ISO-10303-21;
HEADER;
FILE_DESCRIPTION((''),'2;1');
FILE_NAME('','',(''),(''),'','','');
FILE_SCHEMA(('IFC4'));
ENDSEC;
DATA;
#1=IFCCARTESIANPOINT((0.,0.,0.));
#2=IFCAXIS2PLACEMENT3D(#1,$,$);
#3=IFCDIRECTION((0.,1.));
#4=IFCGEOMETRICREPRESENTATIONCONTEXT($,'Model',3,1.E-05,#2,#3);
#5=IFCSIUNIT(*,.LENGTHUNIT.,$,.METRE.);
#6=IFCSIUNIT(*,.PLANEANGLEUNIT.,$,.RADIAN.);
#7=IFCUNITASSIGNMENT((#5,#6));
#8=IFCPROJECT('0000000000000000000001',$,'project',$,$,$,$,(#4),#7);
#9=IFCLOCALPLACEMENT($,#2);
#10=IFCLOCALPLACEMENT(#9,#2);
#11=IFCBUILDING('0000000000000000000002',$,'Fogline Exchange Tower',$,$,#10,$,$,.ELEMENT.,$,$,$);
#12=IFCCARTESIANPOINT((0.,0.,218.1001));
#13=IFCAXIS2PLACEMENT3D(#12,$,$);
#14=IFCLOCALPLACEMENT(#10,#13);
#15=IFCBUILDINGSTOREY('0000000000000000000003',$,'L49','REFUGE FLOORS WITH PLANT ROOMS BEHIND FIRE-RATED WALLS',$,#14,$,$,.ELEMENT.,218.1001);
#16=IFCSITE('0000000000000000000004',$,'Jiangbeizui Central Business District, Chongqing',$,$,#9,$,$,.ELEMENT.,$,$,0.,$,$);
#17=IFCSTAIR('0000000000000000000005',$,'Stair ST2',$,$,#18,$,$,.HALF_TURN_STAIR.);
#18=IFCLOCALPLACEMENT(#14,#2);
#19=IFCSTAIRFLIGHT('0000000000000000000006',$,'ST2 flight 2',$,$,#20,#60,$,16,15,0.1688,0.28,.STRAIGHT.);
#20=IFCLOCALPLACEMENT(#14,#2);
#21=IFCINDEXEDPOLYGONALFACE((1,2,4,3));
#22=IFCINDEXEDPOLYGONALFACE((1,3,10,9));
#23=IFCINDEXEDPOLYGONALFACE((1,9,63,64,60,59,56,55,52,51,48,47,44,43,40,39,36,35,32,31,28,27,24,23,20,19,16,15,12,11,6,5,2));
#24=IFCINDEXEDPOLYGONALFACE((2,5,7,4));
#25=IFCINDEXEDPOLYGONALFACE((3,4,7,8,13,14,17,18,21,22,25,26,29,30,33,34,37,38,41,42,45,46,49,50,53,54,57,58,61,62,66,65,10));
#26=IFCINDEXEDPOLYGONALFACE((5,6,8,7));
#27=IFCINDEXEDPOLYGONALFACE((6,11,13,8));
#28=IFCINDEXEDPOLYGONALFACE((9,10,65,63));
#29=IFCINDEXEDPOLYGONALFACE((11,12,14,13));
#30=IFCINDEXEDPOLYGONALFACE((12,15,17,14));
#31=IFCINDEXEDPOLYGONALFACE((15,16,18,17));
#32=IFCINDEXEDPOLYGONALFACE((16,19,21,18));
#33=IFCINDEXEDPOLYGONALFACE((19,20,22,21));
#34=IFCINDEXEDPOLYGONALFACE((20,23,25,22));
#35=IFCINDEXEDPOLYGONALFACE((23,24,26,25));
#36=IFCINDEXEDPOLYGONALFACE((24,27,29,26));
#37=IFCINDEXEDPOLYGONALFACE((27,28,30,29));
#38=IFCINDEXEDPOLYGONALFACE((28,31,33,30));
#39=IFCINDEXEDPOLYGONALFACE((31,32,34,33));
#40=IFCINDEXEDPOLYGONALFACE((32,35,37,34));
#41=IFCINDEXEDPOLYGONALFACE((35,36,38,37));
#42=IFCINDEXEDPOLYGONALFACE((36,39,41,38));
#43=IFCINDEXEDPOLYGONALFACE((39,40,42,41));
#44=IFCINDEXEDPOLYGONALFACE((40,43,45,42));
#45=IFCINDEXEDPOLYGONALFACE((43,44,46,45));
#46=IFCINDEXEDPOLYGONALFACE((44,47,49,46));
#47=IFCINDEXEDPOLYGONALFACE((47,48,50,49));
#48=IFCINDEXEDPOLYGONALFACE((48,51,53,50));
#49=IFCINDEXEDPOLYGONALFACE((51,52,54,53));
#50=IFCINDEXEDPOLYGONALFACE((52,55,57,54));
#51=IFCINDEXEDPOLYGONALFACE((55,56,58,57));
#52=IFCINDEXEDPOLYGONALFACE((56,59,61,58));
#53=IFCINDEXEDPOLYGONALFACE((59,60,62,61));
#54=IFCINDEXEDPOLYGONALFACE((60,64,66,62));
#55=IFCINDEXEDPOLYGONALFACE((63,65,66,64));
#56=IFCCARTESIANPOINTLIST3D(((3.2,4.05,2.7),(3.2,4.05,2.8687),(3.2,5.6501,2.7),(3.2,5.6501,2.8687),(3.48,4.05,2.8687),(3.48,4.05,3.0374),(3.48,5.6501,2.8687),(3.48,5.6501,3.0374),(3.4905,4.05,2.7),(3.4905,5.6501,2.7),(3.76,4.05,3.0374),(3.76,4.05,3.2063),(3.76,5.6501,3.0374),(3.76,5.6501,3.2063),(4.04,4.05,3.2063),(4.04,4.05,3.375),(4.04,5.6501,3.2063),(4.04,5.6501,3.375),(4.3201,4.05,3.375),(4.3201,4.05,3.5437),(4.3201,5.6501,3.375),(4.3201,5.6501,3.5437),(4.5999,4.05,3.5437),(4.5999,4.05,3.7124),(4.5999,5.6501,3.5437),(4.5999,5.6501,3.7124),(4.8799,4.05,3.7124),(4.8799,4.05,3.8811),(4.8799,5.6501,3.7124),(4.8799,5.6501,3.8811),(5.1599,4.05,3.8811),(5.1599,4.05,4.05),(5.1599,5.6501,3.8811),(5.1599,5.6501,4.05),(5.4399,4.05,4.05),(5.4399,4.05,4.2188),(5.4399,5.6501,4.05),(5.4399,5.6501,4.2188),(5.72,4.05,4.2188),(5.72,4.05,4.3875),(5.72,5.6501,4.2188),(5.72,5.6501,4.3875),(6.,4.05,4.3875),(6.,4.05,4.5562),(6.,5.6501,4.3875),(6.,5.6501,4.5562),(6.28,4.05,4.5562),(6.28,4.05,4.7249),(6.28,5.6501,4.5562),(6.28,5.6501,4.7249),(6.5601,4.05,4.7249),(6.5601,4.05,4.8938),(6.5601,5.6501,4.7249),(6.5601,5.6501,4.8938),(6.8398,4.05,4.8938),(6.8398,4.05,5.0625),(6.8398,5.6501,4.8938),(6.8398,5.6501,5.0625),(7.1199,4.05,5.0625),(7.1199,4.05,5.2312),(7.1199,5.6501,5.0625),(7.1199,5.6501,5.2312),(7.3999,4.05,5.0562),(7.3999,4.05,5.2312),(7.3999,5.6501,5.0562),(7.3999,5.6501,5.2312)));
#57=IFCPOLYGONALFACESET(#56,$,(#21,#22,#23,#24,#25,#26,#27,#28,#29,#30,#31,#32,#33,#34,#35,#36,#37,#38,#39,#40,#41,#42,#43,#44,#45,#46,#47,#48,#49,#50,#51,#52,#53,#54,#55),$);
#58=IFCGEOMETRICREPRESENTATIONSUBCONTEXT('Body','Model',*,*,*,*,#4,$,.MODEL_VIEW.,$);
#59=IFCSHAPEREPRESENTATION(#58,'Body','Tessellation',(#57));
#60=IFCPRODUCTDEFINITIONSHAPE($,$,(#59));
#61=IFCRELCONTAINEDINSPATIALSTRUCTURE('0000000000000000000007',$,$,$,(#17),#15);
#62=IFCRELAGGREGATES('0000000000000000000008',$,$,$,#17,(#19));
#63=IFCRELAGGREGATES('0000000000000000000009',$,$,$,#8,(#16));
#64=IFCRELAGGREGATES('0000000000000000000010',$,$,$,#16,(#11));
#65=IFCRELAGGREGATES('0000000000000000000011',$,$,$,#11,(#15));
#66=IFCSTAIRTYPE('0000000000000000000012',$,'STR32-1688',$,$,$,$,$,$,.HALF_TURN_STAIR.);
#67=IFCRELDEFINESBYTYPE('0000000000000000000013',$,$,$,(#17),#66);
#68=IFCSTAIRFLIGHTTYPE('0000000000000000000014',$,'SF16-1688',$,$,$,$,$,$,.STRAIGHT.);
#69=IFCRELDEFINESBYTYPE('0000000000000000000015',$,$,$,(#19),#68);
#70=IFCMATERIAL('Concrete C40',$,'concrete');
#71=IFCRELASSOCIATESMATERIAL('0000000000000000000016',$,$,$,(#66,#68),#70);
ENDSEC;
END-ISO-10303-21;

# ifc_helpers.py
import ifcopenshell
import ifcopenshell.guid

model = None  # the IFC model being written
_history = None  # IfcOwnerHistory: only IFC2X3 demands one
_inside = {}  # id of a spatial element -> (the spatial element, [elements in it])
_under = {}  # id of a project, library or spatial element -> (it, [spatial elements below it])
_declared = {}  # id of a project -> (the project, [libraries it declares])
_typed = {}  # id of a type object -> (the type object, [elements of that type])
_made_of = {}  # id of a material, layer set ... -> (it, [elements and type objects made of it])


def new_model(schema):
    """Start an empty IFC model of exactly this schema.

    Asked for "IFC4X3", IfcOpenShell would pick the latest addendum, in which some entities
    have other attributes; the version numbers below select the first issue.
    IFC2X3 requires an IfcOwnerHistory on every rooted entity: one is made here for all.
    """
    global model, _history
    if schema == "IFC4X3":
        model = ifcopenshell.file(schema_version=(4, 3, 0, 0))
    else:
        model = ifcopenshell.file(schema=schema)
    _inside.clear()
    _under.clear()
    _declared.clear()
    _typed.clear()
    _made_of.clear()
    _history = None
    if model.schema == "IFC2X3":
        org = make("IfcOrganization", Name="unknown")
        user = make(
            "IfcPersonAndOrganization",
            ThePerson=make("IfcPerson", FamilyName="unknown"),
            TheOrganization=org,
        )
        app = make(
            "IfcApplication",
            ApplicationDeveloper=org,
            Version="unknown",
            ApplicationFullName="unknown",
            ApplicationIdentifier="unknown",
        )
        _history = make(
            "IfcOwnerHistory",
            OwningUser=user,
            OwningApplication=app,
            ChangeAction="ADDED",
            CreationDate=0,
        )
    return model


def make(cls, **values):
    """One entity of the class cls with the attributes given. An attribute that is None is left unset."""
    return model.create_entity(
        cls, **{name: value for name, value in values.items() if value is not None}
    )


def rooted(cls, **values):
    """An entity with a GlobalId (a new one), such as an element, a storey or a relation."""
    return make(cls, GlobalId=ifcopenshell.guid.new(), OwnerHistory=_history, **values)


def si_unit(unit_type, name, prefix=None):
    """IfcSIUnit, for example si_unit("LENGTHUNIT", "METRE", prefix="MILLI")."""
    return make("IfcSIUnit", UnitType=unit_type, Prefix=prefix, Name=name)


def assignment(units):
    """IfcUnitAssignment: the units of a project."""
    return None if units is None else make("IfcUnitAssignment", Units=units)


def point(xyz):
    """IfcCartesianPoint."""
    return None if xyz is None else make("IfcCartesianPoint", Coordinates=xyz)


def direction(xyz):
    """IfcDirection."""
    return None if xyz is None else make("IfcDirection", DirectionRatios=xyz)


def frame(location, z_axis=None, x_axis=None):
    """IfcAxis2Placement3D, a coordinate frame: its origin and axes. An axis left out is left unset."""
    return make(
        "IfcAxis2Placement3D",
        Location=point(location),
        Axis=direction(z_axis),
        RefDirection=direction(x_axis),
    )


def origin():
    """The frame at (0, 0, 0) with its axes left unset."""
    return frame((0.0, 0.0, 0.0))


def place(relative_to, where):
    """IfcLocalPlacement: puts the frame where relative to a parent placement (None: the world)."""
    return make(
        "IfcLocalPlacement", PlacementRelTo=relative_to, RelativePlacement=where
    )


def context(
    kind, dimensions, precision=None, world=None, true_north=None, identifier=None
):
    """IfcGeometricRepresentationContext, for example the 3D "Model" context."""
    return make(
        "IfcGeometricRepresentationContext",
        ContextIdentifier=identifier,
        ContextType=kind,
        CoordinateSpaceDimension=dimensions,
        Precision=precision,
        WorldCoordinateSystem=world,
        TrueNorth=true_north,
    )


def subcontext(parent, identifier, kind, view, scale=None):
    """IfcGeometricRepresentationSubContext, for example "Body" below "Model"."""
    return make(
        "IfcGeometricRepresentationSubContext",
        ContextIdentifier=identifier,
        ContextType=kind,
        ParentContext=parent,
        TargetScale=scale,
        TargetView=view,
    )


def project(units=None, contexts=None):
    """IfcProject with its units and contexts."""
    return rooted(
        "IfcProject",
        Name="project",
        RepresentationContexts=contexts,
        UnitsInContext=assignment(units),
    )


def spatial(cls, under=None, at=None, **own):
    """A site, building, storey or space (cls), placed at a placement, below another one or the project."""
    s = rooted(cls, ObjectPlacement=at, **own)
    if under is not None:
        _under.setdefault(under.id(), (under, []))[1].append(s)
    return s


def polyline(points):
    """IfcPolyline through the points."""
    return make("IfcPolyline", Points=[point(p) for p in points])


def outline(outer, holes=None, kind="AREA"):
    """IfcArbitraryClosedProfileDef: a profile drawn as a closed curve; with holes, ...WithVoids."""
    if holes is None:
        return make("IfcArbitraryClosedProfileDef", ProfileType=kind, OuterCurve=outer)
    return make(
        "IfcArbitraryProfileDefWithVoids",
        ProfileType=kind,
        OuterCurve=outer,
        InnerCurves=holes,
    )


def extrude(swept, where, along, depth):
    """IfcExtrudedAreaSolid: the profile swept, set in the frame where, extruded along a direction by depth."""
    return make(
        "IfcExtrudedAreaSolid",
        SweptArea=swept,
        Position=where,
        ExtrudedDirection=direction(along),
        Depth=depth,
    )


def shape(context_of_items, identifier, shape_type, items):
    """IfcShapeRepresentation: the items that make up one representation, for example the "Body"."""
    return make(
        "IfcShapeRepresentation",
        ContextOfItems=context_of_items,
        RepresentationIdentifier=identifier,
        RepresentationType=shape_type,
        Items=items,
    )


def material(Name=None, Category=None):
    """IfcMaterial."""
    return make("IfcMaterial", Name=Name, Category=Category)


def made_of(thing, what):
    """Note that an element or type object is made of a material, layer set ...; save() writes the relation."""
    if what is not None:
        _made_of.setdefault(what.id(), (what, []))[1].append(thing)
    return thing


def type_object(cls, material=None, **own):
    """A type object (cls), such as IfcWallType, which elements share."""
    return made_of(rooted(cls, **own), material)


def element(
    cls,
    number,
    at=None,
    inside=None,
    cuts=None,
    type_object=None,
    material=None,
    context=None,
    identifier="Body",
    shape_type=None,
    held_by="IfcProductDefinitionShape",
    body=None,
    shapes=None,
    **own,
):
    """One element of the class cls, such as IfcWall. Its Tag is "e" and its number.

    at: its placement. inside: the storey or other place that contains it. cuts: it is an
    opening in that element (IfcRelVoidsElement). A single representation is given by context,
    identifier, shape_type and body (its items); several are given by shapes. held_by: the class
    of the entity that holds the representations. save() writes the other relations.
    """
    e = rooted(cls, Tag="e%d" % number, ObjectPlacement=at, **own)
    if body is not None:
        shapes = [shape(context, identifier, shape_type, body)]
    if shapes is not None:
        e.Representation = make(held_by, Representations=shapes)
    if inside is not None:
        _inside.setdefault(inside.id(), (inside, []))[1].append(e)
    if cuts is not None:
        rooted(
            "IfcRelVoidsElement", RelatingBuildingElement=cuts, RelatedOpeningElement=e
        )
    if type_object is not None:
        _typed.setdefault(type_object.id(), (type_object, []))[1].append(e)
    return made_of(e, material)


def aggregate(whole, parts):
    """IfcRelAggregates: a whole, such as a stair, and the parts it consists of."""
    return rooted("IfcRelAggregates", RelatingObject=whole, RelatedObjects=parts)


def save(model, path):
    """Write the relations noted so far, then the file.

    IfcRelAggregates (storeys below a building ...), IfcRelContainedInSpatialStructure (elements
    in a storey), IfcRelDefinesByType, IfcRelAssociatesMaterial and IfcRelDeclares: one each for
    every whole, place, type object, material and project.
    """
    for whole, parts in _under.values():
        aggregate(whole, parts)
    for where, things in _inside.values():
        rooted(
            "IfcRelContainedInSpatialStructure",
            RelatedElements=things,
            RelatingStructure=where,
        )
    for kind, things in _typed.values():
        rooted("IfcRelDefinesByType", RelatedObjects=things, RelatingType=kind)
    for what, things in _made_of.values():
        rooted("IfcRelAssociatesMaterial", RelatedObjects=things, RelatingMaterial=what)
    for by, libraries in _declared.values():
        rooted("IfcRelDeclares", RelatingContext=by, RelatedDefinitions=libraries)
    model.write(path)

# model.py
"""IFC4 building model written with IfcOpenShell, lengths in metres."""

from ifc_helpers import new_model, si_unit, direction, frame, origin, place, context, subcontext, project, spatial, polyline, outline, extrude, material, type_object, element, aggregate, save


model = new_model("IFC4")

# Units and contexts
model_context = context("Model", 3, precision=1e-05, world=origin(), true_north=direction((0.0, 1.0)))
body_context = subcontext(model_context, "Body", "Model", "MODEL_VIEW")
ifc_project = project(units=[si_unit("LENGTHUNIT", "METRE"), si_unit("PLANEANGLEUNIT", "RADIAN")], contexts=[model_context])

# Site, building, storey
site_placement = place(None, origin())
site = spatial("IfcSite", under=ifc_project, at=site_placement, Name="Jiangbeizui Central Business District, Chongqing", CompositionType="ELEMENT", RefElevation=0.0)
building_placement = place(site_placement, origin())
building = spatial("IfcBuilding", under=site, at=building_placement, Name="Fogline Exchange Tower", CompositionType="ELEMENT")
storey_placement = place(building_placement, frame((0.0, 0.0, 218.1001)))
storey = spatial("IfcBuildingStorey", under=building, at=storey_placement, Name="L49", Description="REFUGE FLOORS WITH PLANT ROOMS BEHIND FIRE-RATED WALLS", CompositionType="ELEMENT", Elevation=218.1001)

# Shared definitions
ifc_material_1 = material(Name="Concrete C40", Category="concrete")

# Stair, stair flight
stair_type = type_object("IfcStairType", Name="STR32-1688", PredefinedType="HALF_TURN_STAIR", material=ifc_material_1)
stair_placement = place(storey_placement, origin())
stair = element("IfcStair", 1, at=stair_placement, inside=storey, type_object=stair_type, Name="Stair ST2", PredefinedType="HALF_TURN_STAIR")
stair_flight_type = type_object("IfcStairFlightType", Name="SF16-1688", PredefinedType="STRAIGHT", material=ifc_material_1)
stair_flight_1_placement = place(storey_placement, frame((3.2, 4.8501, 2.7), z_axis=(0.0, 0.0, 1.0), x_axis=(1.0, 0.0, 0.0)))
stair_flight_1 = element("IfcStairFlight", 2, at=stair_flight_1_placement, type_object=stair_flight_type, Name="ST2 flight 2", NumberOfRisers=16, NumberOfTreads=15, PredefinedType="STRAIGHT", RiserHeight=0.1688, TreadLength=0.28, context=body_context, shape_type="SweptSolid", body=[
    extrude(outline(polyline([(0.0, 0.0), (0.0, 0.1687), (0.28, 0.1687), (0.28, 0.3374), (0.5601, 0.3374), (0.5601, 0.5063), (0.8401, 0.5063), (0.8401, 0.675), (1.1201, 0.675), (1.1201, 0.8438), (1.3999, 0.8438), (1.3999, 1.0125), (1.6799, 1.0125), (1.6799, 1.1812), (1.96, 1.1812), (1.96, 1.3501), (2.24, 1.3501), (2.24, 1.5188), (2.52, 1.5188), (2.52, 1.6875), (2.8, 1.6875), (2.8, 1.8562), (3.0801, 1.8562), (3.0801, 2.0249), (3.3601, 2.0249), (3.3601, 2.1938), (3.6399, 2.1938), (3.6399, 2.3625), (3.9199, 2.3625), (3.9199, 2.5312), (4.2, 2.5312), (4.2, 2.7), (4.2, 2.3562), (0.2905, 0.0), (0.0, 0.0)])), frame((0.0, 0.8, 0.0), z_axis=(0.0, -1.0, 0.0), x_axis=(1.0, 0.0, 0.0)), (0.0, 0.0, 1.0), 1.6001),
])
aggregate(stair, [stair_flight_1])

save(model, "model.ifc")
